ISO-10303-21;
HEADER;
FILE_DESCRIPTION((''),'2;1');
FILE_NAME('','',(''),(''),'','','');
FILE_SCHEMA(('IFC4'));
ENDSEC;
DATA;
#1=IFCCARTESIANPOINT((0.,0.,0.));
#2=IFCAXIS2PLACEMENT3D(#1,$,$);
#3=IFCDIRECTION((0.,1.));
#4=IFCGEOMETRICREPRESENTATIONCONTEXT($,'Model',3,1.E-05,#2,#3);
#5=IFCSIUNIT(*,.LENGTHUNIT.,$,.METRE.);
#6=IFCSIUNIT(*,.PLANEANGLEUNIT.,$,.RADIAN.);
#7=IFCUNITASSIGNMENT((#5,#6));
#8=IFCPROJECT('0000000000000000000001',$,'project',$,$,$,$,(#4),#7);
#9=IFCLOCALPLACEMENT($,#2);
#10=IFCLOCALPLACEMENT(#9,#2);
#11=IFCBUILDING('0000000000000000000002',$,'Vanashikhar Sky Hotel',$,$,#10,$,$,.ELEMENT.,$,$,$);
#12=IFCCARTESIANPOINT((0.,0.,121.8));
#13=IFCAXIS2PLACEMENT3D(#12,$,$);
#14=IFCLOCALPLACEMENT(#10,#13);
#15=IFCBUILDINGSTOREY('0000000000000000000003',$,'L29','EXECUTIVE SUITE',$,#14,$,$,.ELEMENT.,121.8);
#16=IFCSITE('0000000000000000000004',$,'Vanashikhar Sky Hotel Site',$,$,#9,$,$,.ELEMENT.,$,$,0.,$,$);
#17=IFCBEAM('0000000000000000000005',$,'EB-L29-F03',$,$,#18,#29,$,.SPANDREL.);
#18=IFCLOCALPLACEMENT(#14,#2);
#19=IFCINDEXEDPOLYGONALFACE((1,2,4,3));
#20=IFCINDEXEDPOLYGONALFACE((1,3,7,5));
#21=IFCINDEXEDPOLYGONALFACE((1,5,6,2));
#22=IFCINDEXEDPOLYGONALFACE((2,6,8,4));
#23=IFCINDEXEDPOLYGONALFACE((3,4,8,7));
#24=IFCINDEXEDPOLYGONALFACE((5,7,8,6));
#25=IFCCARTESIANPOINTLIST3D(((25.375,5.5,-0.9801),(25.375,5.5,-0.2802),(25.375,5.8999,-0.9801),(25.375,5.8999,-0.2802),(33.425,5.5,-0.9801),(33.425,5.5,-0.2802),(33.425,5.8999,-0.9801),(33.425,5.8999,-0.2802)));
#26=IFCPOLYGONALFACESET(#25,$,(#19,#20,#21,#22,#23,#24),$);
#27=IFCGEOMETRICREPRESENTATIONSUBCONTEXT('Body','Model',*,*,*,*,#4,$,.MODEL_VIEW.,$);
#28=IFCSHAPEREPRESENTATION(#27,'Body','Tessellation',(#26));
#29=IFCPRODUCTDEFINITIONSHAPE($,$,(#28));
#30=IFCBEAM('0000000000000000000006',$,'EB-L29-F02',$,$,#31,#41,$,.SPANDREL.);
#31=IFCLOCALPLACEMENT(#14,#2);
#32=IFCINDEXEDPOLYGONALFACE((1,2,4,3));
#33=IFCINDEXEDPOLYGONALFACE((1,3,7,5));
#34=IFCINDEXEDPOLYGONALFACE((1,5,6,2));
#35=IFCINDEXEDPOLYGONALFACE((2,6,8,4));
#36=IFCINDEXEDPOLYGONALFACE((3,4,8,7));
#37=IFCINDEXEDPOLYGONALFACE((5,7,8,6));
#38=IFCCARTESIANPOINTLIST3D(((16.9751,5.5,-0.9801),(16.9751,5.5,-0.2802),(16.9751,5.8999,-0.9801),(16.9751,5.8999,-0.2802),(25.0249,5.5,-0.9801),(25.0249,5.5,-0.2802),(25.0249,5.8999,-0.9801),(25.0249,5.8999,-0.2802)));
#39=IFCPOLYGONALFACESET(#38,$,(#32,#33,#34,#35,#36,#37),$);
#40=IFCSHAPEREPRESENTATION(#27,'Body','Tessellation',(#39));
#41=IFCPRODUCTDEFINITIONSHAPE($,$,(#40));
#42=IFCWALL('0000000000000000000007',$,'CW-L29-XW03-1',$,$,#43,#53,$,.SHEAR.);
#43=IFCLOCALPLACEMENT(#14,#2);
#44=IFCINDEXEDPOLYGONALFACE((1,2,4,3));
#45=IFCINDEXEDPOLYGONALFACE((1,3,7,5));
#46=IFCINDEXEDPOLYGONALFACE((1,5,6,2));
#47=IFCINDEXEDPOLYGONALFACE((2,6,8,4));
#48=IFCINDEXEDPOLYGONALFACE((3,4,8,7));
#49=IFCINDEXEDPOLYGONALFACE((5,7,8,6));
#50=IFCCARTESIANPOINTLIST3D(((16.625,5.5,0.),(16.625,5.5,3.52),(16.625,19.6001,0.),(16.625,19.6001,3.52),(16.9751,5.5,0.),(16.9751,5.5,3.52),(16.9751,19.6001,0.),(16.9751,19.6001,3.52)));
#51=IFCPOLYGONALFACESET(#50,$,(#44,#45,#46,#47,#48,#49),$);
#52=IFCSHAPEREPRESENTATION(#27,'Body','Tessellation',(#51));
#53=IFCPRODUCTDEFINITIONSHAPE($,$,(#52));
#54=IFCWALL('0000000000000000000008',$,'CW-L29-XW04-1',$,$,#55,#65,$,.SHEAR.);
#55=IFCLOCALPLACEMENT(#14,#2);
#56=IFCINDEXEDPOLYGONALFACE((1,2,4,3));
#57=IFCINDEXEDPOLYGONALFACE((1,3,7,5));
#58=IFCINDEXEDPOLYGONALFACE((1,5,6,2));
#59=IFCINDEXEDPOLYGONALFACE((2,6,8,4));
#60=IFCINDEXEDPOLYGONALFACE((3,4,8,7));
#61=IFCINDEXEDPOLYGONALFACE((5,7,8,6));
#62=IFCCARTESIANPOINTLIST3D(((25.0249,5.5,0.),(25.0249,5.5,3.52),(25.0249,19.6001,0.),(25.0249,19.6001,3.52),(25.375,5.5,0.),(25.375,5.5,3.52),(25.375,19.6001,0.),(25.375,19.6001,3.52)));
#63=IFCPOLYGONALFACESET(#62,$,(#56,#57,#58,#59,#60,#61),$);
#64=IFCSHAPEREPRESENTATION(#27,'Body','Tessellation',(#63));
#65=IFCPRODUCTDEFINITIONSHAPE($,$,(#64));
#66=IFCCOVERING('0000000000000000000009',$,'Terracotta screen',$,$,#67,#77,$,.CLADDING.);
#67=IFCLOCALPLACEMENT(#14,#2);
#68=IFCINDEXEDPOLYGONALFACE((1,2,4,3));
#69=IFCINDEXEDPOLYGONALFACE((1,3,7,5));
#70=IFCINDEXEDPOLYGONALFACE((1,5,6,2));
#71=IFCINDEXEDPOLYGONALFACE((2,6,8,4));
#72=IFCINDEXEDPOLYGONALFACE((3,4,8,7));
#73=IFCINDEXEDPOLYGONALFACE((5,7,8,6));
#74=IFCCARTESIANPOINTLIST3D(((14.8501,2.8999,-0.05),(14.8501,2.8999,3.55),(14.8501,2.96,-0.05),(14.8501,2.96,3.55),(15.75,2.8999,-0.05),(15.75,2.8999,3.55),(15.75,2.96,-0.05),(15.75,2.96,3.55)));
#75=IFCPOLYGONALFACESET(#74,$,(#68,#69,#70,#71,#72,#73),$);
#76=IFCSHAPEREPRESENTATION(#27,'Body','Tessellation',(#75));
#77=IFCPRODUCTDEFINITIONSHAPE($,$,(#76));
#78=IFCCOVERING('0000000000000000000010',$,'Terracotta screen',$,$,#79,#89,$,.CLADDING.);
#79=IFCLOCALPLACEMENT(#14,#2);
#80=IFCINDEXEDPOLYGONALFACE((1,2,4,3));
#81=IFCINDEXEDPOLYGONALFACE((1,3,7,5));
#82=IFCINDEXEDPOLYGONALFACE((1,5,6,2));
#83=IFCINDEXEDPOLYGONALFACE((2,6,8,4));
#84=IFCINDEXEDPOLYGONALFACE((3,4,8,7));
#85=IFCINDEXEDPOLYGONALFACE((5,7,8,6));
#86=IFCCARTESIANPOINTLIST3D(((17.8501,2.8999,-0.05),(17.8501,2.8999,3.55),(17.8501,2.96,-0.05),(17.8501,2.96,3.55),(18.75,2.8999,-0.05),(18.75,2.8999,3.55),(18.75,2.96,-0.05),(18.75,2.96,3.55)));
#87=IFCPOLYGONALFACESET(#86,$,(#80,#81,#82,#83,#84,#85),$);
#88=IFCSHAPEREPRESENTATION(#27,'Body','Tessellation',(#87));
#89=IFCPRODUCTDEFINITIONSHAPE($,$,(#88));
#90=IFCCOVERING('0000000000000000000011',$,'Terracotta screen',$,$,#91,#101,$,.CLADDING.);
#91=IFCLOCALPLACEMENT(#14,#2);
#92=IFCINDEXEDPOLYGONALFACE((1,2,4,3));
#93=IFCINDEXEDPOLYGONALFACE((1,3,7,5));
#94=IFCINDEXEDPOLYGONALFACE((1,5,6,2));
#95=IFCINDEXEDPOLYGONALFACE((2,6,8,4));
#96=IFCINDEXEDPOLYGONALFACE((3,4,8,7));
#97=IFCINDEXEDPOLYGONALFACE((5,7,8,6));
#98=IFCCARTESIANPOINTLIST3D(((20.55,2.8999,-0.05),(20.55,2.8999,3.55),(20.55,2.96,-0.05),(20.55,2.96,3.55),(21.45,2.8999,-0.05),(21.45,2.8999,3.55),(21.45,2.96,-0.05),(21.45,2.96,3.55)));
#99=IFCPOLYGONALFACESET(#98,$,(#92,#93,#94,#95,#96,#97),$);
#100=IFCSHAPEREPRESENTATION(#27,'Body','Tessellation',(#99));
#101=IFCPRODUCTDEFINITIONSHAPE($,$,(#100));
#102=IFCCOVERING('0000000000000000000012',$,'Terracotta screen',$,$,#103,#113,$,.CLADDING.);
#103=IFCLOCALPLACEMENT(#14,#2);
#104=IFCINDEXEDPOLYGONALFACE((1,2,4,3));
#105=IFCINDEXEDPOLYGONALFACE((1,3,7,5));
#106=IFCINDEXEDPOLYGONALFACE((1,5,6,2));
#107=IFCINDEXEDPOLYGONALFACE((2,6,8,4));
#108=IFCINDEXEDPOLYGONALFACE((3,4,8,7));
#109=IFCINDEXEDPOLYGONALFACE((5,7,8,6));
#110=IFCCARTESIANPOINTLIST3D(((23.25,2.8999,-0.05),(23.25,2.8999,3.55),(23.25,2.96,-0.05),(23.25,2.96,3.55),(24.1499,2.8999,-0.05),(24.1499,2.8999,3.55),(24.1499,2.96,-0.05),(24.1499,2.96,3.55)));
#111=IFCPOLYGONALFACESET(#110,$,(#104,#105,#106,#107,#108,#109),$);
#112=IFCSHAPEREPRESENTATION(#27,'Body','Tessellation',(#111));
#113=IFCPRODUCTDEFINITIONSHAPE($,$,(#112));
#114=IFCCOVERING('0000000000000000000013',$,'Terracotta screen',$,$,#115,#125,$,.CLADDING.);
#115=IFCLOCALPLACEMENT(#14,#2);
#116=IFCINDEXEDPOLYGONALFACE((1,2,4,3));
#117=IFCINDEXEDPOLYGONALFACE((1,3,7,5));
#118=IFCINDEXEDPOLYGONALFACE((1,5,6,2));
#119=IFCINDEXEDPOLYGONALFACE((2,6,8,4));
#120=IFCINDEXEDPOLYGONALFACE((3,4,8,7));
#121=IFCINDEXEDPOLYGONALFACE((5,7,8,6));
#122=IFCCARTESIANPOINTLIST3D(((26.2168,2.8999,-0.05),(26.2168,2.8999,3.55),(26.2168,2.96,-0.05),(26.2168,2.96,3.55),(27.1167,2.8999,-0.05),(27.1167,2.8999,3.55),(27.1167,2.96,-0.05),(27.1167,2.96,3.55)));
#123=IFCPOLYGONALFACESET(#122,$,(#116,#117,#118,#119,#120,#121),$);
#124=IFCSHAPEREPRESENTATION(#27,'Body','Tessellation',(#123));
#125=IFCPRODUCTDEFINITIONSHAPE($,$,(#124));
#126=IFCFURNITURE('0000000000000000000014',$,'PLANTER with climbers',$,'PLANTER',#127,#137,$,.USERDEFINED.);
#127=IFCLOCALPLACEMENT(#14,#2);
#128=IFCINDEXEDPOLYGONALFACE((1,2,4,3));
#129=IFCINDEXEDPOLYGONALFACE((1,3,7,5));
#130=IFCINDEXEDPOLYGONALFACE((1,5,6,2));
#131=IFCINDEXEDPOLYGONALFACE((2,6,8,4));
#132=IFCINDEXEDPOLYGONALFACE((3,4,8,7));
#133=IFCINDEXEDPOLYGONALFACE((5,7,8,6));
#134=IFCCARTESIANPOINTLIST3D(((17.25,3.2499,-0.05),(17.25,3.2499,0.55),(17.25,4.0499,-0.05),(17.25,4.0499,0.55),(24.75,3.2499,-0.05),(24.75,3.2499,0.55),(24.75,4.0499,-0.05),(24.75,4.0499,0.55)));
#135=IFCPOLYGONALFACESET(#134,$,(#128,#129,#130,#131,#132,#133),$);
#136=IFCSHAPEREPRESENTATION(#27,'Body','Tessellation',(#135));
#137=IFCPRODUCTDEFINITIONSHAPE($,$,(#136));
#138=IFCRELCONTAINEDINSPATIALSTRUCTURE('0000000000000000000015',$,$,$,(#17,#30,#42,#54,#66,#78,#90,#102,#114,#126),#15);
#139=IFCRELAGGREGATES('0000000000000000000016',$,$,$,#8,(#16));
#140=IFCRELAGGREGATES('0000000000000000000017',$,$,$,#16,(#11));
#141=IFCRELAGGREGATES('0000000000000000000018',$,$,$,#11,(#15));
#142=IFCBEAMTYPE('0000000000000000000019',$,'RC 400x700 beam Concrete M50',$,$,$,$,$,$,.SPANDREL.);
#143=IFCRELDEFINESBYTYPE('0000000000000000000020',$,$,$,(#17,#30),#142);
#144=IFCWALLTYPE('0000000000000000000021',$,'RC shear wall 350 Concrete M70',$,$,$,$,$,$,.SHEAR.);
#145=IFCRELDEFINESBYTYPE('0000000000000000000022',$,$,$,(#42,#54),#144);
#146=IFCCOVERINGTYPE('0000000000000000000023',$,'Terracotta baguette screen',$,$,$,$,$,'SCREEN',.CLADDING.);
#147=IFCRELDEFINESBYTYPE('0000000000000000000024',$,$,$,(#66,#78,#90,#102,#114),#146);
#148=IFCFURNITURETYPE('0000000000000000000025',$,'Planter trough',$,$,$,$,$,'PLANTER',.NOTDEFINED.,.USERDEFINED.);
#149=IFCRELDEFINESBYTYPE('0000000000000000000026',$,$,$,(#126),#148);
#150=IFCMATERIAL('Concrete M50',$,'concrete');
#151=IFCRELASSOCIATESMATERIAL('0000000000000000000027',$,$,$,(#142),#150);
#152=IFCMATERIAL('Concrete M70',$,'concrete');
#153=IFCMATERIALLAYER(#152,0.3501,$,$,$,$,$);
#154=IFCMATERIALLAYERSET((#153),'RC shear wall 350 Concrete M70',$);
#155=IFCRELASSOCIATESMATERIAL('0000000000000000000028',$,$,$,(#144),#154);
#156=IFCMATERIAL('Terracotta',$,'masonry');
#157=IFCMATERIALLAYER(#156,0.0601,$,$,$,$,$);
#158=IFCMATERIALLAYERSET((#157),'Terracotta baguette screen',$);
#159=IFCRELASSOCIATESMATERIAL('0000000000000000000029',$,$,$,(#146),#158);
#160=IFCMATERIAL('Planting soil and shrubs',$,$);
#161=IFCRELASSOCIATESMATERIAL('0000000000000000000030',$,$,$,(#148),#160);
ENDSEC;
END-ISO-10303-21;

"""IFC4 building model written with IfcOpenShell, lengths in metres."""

from ifc_helpers import new_model, si_unit, direction, frame, frame_2d, origin, origin_2d, place, context, subcontext, project, spatial, rectangle, extrude, source, transform, mapped, material, layer, layer_set, material_profile, profile_set, type_object, element, save


model = new_model("IFC4")

# Units and contexts
model_context = context("Model", 3, precision=1e-05, world=origin(), true_north=direction((0.0, 1.0)))
body_context = subcontext(model_context, "Body", "Model", "MODEL_VIEW")
ifc_project = project(units=[si_unit("LENGTHUNIT", "METRE"), si_unit("PLANEANGLEUNIT", "RADIAN")], contexts=[model_context])

# Site, building, storey
site_placement = place(None, origin())
site = spatial("IfcSite", under=ifc_project, at=site_placement, Name="Vanashikhar Sky Hotel Site", CompositionType="ELEMENT", RefElevation=0.0)
building_placement = place(site_placement, origin())
building = spatial("IfcBuilding", under=site, at=building_placement, Name="Vanashikhar Sky Hotel", CompositionType="ELEMENT")
storey_placement = place(building_placement, frame((0.0, 0.0, 121.8)))
storey = spatial("IfcBuildingStorey", under=building, at=storey_placement, Name="L29", Description="EXECUTIVE SUITE", CompositionType="ELEMENT", Elevation=121.8)

# Beams
ifc_material_1 = material(Name="Concrete M50", Category="concrete")
ifc_material_profile = material_profile(ifc_material_1, rectangle(XDim=0.3999, YDim=0.7, at=origin_2d()))
ifc_profile_set = profile_set([ifc_material_profile], Name="RC 400x700 beam Concrete M50")
beam_type = type_object("IfcBeamType", Name="RC 400x700 beam Concrete M50", PredefinedType="SPANDREL", material=ifc_profile_set)
shared_shape_1 = source(origin(), body_context, "Body", "SweptSolid", [
    extrude(rectangle(XDim=0.3999, YDim=0.7, at=origin_2d()), origin(), (0.0, 0.0, 1.0), 8.05),
])
beam_1_placement = place(storey_placement, frame((25.375, 5.7, -0.6301), z_axis=(1.0, 0.0, 0.0), x_axis=(0.0, 1.0, 0.0)))
element("IfcBeam", 1, at=beam_1_placement, inside=storey, type_object=beam_type, Name="EB-L29-F03", PredefinedType="SPANDREL", context=body_context, shape_type="MappedRepresentation", body=[
    mapped(shared_shape_1, transform((0.0, 0.0, 0.0), scale=1.0)),
])
shared_shape_2 = source(origin(), body_context, "Body", "SweptSolid", [
    extrude(rectangle(XDim=0.3999, YDim=0.7, at=origin_2d()), origin(), (0.0, 0.0, 1.0), 8.0498),
])
beam_2_placement = place(storey_placement, frame((16.9751, 5.7, -0.6301), z_axis=(1.0, 0.0, 0.0), x_axis=(0.0, 1.0, 0.0)))
element("IfcBeam", 2, at=beam_2_placement, inside=storey, type_object=beam_type, Name="EB-L29-F02", PredefinedType="SPANDREL", context=body_context, shape_type="MappedRepresentation", body=[
    mapped(shared_shape_2, transform((0.0, 0.0, 0.0), scale=1.0)),
])

# Walls
ifc_material_2 = material(Name="Concrete M70", Category="concrete")
ifc_layer_1 = layer(ifc_material_2, 0.3501)
ifc_layer_set_1 = layer_set([ifc_layer_1], Name="RC shear wall 350 Concrete M70")
wall_type_1 = type_object("IfcWallType", Name="RC shear wall 350 Concrete M70", PredefinedType="SHEAR", material=ifc_layer_set_1)
shared_shape_3 = source(origin(), body_context, "Body", "SweptSolid", [
    extrude(rectangle(XDim=14.1001, YDim=0.3501, at=frame_2d((7.05, 0.0))), origin(), (0.0, 0.0, 1.0), 3.52),
])
for number, where, z_axis, x_axis, name in (
    (3, (16.8, 5.5, 0.0), (0.0, 0.0, 1.0), (0.0, 1.0, 0.0), "CW-L29-XW03-1"),
    (4, (25.2, 5.5, 0.0), (0.0, 0.0, 1.0), (0.0, 1.0, 0.0), "CW-L29-XW04-1"),
):
    element("IfcWall", number, at=place(storey_placement, frame(where, z_axis=z_axis, x_axis=x_axis)), inside=storey, type_object=wall_type_1, Name=name, PredefinedType="SHEAR", context=body_context, shape_type="MappedRepresentation", body=[
        mapped(shared_shape_3, transform((0.0, 0.0, 0.0), scale=1.0)),
    ])

# Coverings
ifc_material_3 = material(Name="Terracotta", Category="masonry")
ifc_layer_2 = layer(ifc_material_3, 0.0601)
ifc_layer_set_2 = layer_set([ifc_layer_2], Name="Terracotta baguette screen")
covering_type = type_object("IfcCoveringType", Name="Terracotta baguette screen", ElementType="SCREEN", PredefinedType="CLADDING", material=ifc_layer_set_2)
shared_shape_4 = source(origin(), body_context, "Body", "SweptSolid", [
    extrude(rectangle(XDim=0.8999, YDim=0.0601, at=origin_2d()), origin(), (0.0, 0.0, 1.0), 3.6001),
])
for number, where, z_axis, x_axis, name in (
    (5, (15.3, 2.9299, -0.05), (0.0, 0.0, 1.0), (1.0, 0.0, 0.0), "Terracotta screen"),
    (6, (18.3, 2.9299, -0.05), (0.0, 0.0, 1.0), (1.0, 0.0, 0.0), "Terracotta screen"),
    (7, (21.0, 2.9299, -0.05), (0.0, 0.0, 1.0), (1.0, 0.0, 0.0), "Terracotta screen"),
    (8, (23.7, 2.9299, -0.05), (0.0, 0.0, 1.0), (1.0, 0.0, 0.0), "Terracotta screen"),
    (9, (26.6667, 2.9299, -0.05), (0.0, 0.0, 1.0), (1.0, 0.0, 0.0), "Terracotta screen"),
):
    element("IfcCovering", number, at=place(storey_placement, frame(where, z_axis=z_axis, x_axis=x_axis)), inside=storey, type_object=covering_type, Name=name, PredefinedType="CLADDING", context=body_context, shape_type="MappedRepresentation", body=[
        mapped(shared_shape_4, transform((0.0, 0.0, 0.0), scale=1.0)),
    ])

# Furniture
ifc_material_4 = material(Name="Planting soil and shrubs")
furniture_type = type_object("IfcFurnitureType", Name="Planter trough", ElementType="PLANTER", AssemblyPlace="NOTDEFINED", PredefinedType="USERDEFINED", material=ifc_material_4)
shared_shape_5 = source(origin(), body_context, "Body", "SweptSolid", [
    extrude(rectangle(XDim=7.5, YDim=0.8, at=origin_2d()), origin(), (0.0, 0.0, 1.0), 0.6001),
])
furniture_placement = place(storey_placement, frame((21.0, 3.6499, -0.05), z_axis=(0.0, 0.0, 1.0), x_axis=(1.0, 0.0, 0.0)))
element("IfcFurniture", 10, at=furniture_placement, inside=storey, type_object=furniture_type, Name="PLANTER with climbers", ObjectType="PLANTER", PredefinedType="USERDEFINED", context=body_context, shape_type="MappedRepresentation", body=[
    mapped(shared_shape_5, transform((0.0, 0.0, 0.0), scale=1.0)),
])

save(model, "model.ifc")
